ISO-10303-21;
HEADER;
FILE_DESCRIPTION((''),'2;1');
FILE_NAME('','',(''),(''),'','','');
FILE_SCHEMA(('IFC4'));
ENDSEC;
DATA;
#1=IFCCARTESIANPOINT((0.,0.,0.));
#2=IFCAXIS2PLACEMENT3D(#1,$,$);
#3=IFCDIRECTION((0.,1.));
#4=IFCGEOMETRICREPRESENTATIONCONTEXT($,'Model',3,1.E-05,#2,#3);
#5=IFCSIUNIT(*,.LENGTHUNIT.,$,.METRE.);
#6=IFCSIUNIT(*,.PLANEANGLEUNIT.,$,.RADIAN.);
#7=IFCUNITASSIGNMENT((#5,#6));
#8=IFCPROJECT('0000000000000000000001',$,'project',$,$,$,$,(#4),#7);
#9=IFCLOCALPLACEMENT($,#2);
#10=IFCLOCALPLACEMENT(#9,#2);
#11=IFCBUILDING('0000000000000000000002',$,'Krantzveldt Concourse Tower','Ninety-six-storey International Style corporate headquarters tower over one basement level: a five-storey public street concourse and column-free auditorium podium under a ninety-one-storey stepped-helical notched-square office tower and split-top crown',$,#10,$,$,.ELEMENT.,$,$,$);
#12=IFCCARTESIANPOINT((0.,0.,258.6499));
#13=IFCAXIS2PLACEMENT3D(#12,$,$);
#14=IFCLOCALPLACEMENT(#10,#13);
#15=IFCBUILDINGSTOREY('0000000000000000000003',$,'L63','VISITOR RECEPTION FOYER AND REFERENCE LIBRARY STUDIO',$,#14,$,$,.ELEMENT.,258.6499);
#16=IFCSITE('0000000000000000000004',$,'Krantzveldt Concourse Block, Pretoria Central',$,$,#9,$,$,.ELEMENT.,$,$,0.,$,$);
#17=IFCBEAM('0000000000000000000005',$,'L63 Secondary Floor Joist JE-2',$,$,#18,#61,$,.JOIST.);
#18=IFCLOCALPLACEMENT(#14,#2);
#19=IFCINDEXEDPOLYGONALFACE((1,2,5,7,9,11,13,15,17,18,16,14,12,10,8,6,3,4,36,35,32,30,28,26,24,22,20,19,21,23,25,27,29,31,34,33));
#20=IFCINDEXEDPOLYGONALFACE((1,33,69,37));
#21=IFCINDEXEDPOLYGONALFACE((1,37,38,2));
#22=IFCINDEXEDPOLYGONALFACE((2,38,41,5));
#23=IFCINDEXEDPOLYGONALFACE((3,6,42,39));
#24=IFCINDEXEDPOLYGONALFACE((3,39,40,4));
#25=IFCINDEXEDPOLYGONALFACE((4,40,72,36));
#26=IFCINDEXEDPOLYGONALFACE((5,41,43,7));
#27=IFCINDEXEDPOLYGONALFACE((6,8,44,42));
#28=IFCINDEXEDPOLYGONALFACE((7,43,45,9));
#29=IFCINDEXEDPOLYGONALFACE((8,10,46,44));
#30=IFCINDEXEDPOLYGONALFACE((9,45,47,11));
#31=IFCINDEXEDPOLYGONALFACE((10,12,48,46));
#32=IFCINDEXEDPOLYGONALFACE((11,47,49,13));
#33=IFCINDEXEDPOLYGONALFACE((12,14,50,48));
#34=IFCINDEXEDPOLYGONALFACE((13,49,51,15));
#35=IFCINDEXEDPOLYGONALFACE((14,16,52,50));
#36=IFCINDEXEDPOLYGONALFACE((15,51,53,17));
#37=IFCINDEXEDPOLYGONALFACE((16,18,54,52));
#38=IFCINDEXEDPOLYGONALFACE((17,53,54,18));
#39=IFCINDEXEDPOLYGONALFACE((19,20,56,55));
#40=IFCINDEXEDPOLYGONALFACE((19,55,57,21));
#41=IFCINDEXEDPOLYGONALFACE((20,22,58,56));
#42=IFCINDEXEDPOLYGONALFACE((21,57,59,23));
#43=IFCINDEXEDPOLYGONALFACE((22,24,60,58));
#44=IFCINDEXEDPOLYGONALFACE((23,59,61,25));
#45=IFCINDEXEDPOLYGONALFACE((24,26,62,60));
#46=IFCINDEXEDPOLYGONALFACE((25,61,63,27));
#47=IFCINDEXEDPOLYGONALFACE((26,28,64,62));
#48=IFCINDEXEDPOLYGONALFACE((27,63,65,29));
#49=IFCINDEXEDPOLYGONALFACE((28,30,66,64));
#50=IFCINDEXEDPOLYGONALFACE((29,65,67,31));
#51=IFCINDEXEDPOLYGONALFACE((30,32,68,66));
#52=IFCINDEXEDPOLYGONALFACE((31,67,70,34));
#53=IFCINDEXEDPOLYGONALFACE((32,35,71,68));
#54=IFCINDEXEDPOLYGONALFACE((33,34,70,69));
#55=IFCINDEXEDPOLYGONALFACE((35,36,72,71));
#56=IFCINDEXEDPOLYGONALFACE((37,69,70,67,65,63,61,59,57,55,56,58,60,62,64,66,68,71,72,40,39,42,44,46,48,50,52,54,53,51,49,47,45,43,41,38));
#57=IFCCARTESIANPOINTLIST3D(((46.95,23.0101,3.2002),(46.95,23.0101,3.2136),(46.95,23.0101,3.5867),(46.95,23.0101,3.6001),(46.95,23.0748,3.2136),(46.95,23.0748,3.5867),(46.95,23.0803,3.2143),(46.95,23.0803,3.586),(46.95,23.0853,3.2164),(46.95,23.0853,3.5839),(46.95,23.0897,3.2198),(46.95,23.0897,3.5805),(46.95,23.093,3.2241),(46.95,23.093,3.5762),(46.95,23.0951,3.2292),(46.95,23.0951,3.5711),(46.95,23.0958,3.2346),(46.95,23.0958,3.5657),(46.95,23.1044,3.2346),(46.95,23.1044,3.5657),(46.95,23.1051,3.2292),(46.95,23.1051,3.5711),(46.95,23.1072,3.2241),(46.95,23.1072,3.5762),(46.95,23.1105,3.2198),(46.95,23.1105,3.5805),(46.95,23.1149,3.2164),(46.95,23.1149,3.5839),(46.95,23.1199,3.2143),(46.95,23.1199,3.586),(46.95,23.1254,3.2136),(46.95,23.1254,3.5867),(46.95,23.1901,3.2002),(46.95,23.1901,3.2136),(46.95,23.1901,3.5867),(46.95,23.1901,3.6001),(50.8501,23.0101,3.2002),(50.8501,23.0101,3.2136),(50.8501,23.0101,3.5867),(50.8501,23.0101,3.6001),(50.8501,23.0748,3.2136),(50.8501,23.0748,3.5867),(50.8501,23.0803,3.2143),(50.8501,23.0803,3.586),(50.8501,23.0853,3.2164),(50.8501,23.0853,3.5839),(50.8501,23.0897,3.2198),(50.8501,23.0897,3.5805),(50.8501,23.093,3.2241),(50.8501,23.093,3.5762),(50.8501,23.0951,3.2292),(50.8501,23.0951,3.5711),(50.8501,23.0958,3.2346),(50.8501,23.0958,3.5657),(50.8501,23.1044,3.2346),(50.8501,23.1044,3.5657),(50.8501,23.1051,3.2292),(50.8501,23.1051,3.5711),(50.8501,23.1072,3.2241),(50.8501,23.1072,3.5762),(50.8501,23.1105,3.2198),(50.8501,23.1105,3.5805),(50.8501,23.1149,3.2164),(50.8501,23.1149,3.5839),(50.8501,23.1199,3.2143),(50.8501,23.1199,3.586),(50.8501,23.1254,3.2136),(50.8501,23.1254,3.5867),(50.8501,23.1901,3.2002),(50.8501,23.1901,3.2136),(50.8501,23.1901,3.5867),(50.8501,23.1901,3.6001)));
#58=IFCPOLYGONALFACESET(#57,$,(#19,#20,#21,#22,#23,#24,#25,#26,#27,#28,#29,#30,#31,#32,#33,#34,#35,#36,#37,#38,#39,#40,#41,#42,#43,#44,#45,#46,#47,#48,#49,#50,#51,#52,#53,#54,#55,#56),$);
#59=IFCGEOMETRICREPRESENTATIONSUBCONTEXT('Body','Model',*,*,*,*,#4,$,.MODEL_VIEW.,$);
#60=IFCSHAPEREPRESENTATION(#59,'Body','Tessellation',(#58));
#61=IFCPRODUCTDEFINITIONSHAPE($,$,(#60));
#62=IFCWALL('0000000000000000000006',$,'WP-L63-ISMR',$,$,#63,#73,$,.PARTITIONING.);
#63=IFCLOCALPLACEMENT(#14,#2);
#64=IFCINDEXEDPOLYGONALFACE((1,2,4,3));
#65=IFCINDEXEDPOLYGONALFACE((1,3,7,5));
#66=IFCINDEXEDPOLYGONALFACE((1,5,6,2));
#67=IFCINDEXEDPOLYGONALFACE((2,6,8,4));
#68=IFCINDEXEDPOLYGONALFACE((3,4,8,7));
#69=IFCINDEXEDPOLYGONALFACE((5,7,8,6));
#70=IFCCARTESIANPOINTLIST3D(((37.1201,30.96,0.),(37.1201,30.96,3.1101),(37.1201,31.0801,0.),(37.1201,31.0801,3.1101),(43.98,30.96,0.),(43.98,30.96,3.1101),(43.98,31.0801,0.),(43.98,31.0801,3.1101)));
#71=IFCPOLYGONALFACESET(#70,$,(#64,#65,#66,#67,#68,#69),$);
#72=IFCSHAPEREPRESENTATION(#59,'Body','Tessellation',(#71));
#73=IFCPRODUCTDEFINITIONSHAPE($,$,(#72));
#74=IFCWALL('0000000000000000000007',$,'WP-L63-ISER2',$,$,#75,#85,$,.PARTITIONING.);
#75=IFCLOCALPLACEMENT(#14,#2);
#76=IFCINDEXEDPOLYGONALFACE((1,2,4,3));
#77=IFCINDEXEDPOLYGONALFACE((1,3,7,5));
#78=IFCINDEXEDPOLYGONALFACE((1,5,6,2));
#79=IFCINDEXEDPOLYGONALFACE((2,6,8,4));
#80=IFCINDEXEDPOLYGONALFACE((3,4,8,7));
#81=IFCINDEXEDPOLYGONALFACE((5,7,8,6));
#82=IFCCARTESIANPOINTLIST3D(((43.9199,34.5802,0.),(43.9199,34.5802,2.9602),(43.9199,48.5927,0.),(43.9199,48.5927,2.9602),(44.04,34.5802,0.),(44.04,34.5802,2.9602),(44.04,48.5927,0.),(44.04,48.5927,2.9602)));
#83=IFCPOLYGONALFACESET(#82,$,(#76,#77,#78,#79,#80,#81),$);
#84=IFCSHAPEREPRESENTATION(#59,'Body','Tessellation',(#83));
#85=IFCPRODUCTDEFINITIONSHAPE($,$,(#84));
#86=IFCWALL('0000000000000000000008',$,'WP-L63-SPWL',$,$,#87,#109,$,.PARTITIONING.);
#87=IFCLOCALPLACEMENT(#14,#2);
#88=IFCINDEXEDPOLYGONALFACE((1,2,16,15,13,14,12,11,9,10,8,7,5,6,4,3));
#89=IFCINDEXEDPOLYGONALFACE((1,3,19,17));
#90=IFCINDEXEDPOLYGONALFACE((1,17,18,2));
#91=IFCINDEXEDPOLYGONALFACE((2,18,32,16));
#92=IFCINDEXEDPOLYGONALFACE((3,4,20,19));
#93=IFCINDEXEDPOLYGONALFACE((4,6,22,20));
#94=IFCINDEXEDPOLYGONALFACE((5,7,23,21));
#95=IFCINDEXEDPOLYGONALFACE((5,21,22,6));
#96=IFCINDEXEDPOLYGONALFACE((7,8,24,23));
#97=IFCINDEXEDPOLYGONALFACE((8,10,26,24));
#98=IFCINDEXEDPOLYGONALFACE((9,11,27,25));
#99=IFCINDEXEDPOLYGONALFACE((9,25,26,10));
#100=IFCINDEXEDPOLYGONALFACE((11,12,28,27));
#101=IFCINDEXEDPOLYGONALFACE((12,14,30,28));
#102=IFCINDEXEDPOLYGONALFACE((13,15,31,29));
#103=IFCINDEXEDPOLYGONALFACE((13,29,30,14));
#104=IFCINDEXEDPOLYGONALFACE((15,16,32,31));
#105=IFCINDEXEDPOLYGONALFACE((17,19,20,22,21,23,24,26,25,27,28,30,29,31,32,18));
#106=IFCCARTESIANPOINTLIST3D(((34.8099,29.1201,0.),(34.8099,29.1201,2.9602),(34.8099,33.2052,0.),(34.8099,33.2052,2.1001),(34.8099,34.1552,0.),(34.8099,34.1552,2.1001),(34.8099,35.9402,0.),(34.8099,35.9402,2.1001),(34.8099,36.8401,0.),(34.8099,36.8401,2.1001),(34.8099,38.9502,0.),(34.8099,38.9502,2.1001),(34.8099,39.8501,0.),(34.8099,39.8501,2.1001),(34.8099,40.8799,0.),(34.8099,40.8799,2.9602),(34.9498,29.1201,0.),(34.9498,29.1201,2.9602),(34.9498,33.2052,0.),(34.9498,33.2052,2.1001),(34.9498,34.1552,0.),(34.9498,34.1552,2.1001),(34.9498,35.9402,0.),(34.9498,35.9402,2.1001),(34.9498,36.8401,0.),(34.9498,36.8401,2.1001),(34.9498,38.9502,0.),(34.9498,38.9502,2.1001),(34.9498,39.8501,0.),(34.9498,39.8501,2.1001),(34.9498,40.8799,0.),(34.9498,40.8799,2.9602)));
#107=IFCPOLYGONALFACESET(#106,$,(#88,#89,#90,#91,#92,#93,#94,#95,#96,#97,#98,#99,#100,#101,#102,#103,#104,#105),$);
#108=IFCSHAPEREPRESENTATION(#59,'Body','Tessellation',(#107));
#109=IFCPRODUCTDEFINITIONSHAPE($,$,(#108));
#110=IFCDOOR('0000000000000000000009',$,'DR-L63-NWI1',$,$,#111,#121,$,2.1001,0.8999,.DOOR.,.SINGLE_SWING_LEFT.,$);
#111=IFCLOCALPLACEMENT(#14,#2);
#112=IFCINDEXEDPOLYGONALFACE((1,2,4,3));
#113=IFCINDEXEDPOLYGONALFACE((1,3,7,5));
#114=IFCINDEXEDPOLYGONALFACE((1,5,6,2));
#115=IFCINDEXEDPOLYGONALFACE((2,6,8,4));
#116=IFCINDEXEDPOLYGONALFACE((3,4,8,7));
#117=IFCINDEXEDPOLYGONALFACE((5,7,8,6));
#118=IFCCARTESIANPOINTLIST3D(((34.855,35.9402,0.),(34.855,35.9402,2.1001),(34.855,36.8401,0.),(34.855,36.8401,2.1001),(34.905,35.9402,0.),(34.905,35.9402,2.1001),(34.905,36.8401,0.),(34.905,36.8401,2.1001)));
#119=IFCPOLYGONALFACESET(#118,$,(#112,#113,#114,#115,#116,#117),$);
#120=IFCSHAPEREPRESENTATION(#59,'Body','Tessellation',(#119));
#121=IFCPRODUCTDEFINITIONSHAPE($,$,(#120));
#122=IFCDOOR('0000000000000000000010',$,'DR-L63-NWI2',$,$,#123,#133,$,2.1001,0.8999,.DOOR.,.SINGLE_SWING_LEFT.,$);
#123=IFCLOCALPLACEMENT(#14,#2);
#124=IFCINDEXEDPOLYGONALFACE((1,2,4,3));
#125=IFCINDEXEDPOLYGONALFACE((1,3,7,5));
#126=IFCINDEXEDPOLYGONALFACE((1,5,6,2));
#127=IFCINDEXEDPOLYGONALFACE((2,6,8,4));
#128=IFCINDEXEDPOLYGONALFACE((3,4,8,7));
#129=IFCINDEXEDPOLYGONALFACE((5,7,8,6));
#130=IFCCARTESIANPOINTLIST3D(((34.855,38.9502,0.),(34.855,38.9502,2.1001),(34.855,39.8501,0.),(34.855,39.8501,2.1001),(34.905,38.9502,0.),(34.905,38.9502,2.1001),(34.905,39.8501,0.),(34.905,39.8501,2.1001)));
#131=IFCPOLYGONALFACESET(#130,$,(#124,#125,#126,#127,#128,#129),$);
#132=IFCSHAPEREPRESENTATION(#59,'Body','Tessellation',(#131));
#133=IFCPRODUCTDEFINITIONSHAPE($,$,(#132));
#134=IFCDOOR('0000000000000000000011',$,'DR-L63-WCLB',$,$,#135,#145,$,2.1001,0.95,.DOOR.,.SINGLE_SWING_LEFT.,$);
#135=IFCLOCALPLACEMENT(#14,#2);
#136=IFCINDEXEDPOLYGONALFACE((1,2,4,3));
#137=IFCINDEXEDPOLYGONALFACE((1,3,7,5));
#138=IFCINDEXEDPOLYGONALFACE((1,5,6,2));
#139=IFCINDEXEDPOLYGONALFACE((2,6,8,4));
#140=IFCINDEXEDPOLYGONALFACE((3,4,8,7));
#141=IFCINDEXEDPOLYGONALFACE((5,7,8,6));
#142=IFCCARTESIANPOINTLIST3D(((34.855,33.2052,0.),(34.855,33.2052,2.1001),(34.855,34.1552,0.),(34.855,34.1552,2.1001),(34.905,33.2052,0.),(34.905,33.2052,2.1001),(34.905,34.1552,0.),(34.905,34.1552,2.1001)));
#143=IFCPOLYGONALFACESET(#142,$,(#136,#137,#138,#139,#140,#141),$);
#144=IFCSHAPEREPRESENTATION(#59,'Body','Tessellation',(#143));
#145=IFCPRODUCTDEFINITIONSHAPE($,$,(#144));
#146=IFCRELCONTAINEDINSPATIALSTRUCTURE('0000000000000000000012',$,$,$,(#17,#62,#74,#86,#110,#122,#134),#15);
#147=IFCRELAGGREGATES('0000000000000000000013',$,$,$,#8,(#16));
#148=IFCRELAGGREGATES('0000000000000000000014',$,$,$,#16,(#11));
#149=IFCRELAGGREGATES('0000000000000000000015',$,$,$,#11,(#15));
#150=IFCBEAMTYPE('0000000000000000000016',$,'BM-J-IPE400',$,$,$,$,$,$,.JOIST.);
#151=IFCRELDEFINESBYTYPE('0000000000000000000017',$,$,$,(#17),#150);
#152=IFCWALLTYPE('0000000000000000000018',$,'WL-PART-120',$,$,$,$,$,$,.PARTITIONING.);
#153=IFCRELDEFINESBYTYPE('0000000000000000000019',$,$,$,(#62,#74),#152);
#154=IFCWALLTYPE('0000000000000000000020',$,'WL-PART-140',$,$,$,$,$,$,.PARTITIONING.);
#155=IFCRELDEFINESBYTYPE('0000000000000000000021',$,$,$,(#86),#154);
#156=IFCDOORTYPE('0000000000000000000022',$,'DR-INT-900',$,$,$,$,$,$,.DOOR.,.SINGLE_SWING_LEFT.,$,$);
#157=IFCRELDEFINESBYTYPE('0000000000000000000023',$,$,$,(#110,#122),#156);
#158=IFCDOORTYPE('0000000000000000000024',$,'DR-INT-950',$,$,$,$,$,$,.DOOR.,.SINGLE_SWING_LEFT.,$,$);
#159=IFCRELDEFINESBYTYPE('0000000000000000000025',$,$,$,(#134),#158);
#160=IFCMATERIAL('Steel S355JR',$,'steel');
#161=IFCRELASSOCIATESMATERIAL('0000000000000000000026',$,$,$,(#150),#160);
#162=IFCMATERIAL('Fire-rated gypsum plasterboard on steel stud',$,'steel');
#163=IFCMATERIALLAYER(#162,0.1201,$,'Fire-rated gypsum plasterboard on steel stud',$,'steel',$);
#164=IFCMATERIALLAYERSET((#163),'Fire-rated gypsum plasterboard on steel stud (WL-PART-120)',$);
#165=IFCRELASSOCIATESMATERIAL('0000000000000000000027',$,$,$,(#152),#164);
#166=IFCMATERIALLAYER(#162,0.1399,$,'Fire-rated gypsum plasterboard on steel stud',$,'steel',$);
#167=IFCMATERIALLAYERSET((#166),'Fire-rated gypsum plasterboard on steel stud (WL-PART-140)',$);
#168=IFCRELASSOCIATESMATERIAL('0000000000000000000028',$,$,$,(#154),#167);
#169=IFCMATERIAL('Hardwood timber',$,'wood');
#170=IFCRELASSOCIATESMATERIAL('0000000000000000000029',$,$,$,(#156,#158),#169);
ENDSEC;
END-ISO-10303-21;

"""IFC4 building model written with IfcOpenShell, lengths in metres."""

from ifc_helpers import new_model, si_unit, direction, frame, frame_2d, origin, origin_2d, place, context, subcontext, project, spatial, rectangle, i_section, extrude, source, transform, mapped, material, layer, layer_set, material_profile, profile_set, type_object, type_shapes, element, fill, save


model = new_model("IFC4")

# Units and contexts
model_context = context("Model", 3, precision=1e-05, world=origin(), true_north=direction((0.0, 1.0)))
body_context = subcontext(model_context, "Body", "Model", "MODEL_VIEW")
ifc_project = project(units=[si_unit("LENGTHUNIT", "METRE"), si_unit("PLANEANGLEUNIT", "RADIAN")], contexts=[model_context])

# Site, building, storey
site_placement = place(None, origin())
site = spatial("IfcSite", under=ifc_project, at=site_placement, Name="Krantzveldt Concourse Block, Pretoria Central", CompositionType="ELEMENT", RefElevation=0.0)
building_placement = place(site_placement, origin())
building = spatial("IfcBuilding", under=site, at=building_placement, Name="Krantzveldt Concourse Tower", Description="Ninety-six-storey International Style corporate headquarters tower over one basement level: a five-storey public street concourse and column-free auditorium podium under a ninety-one-storey stepped-helical notched-square office tower and split-top crown", CompositionType="ELEMENT")
storey_placement = place(building_placement, frame((0.0, 0.0, 258.6499)))
storey = spatial("IfcBuildingStorey", under=building, at=storey_placement, Name="L63", Description="VISITOR RECEPTION FOYER AND REFERENCE LIBRARY STUDIO", CompositionType="ELEMENT", Elevation=258.6499)

# Beam
ifc_material_1 = material(Name="Steel S355JR", Category="steel")
ifc_material_profile_1 = material_profile(ifc_material_1, i_section(OverallWidth=0.1799, OverallDepth=0.3999, WebThickness=0.0085, FlangeThickness=0.0134, FilletRadius=0.021, at=origin_2d()), Name="Steel S355JR", Category="steel")
ifc_profile_set_1 = profile_set([ifc_material_profile_1], Name="Steel S355JR - IPE 400")
beam_type_1 = type_object("IfcBeamType", Name="BM-J-IPE400", PredefinedType="JOIST", material=ifc_profile_set_1)
shared_shape_1 = source(origin(), body_context, "Body", "SweptSolid", [
    extrude(i_section(OverallWidth=0.1799, OverallDepth=0.3999, WebThickness=0.0085, FlangeThickness=0.0134, FilletRadius=0.021, at=origin_2d()), origin(), (0.0, 0.0, 1.0), 3.9001),
])
type_shapes(beam_type_1, [shared_shape_1])
beam_1_placement = place(storey_placement, frame((46.95, 23.1001, 3.4001), z_axis=(1.0, 0.0, 0.0), x_axis=(0.0, 1.0, 0.0)))
element("IfcBeam", 1, at=beam_1_placement, inside=storey, type_object=beam_type_1, Name="L63 Secondary Floor Joist JE-2", PredefinedType="JOIST", context=body_context, shape_type="MappedRepresentation", body=[
    mapped(shared_shape_1, transform((0.0, 0.0, 0.0), x_axis=(1.0, 0.0, 0.0), y_axis=(0.0, 1.0, 0.0), z_axis=(0.0, 0.0, 1.0), scale=1.0)),
])

# Walls
ifc_material_2 = material(Name="Fire-rated gypsum plasterboard on steel stud", Category="steel")
ifc_layer_1 = layer(ifc_material_2, 0.1201, Name="Fire-rated gypsum plasterboard on steel stud", Category="steel")
ifc_layer_set_1 = layer_set([ifc_layer_1], Name="Fire-rated gypsum plasterboard on steel stud (WL-PART-120)")
wall_type_1 = type_object("IfcWallType", Name="WL-PART-120", PredefinedType="PARTITIONING", material=ifc_layer_set_1)
wall_1_placement = place(storey_placement, frame((37.1201, 31.02, 0.0), z_axis=(0.0, 0.0, 1.0), x_axis=(1.0, 0.0, 0.0)))
element("IfcWall", 2, at=wall_1_placement, inside=storey, type_object=wall_type_1, Name="WP-L63-ISMR", PredefinedType="PARTITIONING", context=body_context, shape_type="SweptSolid", body=[
    extrude(rectangle(XDim=6.8599, YDim=0.1201, at=frame_2d((3.4299, 0.0))), origin(), (0.0, 0.0, 1.0), 3.1101),
])
wall_2_placement = place(storey_placement, frame((43.98, 34.5801, 0.0), z_axis=(0.0, 0.0, 1.0), x_axis=(0.0, 1.0, 0.0)))
element("IfcWall", 3, at=wall_2_placement, inside=storey, type_object=wall_type_1, Name="WP-L63-ISER2", PredefinedType="PARTITIONING", context=body_context, shape_type="SweptSolid", body=[
    extrude(rectangle(XDim=14.0125, YDim=0.1201, at=frame_2d((7.0063, 0.0))), origin(), (0.0, 0.0, 1.0), 2.9602),
])

# Wall, openings, doors
ifc_layer_2 = layer(ifc_material_2, 0.1399, Name="Fire-rated gypsum plasterboard on steel stud", Category="steel")
ifc_layer_set_2 = layer_set([ifc_layer_2], Name="Fire-rated gypsum plasterboard on steel stud (WL-PART-140)")
wall_type_2 = type_object("IfcWallType", Name="WL-PART-140", PredefinedType="PARTITIONING", material=ifc_layer_set_2)
wall_3_placement = place(storey_placement, frame((34.8799, 29.1201, 0.0), z_axis=(0.0, 0.0, 1.0), x_axis=(0.0, 1.0, 0.0)))
wall_3 = element("IfcWall", 4, at=wall_3_placement, inside=storey, type_object=wall_type_2, Name="WP-L63-SPWL", PredefinedType="PARTITIONING", context=body_context, shape_type="SweptSolid", body=[
    extrude(rectangle(XDim=11.7598, YDim=0.1399, at=frame_2d((5.8799, 0.0))), origin(), (0.0, 0.0, 1.0), 2.9602),
])
opening_1_placement = place(wall_3_placement, frame((4.085, 0.0, 0.0)))
opening_1 = element("IfcOpeningElement", 5, at=opening_1_placement, cuts=wall_3, PredefinedType="OPENING", context=body_context, shape_type="SweptSolid", body=[
    extrude(rectangle(XDim=0.95, YDim=2.1001, at=frame_2d((0.4751, 1.05))), frame((0.0, 0.0801, 0.0), z_axis=(0.0, -1.0, 0.0), x_axis=(1.0, 0.0, 0.0)), (0.0, 0.0, 1.0), 0.1599),
])
opening_2_placement = place(wall_3_placement, frame((6.8201, 0.0, 0.0)))
opening_2 = element("IfcOpeningElement", 6, at=opening_2_placement, cuts=wall_3, PredefinedType="OPENING", context=body_context, shape_type="SweptSolid", body=[
    extrude(rectangle(XDim=0.8999, YDim=2.1001, at=frame_2d((0.45, 1.05))), frame((0.0, 0.0801, 0.0), z_axis=(0.0, -1.0, 0.0), x_axis=(1.0, 0.0, 0.0)), (0.0, 0.0, 1.0), 0.1599),
])
opening_3_placement = place(wall_3_placement, frame((9.8301, 0.0, 0.0)))
opening_3 = element("IfcOpeningElement", 7, at=opening_3_placement, cuts=wall_3, PredefinedType="OPENING", context=body_context, shape_type="SweptSolid", body=[
    extrude(rectangle(XDim=0.8999, YDim=2.1001, at=frame_2d((0.45, 1.05))), frame((0.0, 0.0801, 0.0), z_axis=(0.0, -1.0, 0.0), x_axis=(1.0, 0.0, 0.0)), (0.0, 0.0, 1.0), 0.1599),
])
ifc_material_3 = material(Name="Hardwood timber", Category="wood")
door_type_1 = type_object("IfcDoorType", Name="DR-INT-900", OperationType="SINGLE_SWING_LEFT", PredefinedType="DOOR", material=ifc_material_3)
door_1_placement = place(opening_2_placement, origin())
door_1 = element("IfcDoor", 8, at=door_1_placement, inside=storey, type_object=door_type_1, Name="DR-L63-NWI1", OperationType="SINGLE_SWING_LEFT", OverallHeight=2.1001, OverallWidth=0.8999, PredefinedType="DOOR", context=body_context, shape_type="SweptSolid", body=[
    extrude(rectangle(XDim=0.8999, YDim=2.1001, at=frame_2d((0.45, 1.05))), frame((0.0, 0.0249, 0.0), z_axis=(0.0, -1.0, 0.0), x_axis=(1.0, 0.0, 0.0)), (0.0, 0.0, 1.0), 0.05),
])
fill(opening_2, door_1)
door_2_placement = place(opening_3_placement, origin())
door_2 = element("IfcDoor", 9, at=door_2_placement, inside=storey, type_object=door_type_1, Name="DR-L63-NWI2", OperationType="SINGLE_SWING_LEFT", OverallHeight=2.1001, OverallWidth=0.8999, PredefinedType="DOOR", context=body_context, shape_type="SweptSolid", body=[
    extrude(rectangle(XDim=0.8999, YDim=2.1001, at=frame_2d((0.45, 1.05))), frame((0.0, 0.0249, 0.0), z_axis=(0.0, -1.0, 0.0), x_axis=(1.0, 0.0, 0.0)), (0.0, 0.0, 1.0), 0.05),
])
fill(opening_3, door_2)
door_type_2 = type_object("IfcDoorType", Name="DR-INT-950", OperationType="SINGLE_SWING_LEFT", PredefinedType="DOOR", material=ifc_material_3)
door_3_placement = place(opening_1_placement, origin())
door_3 = element("IfcDoor", 10, at=door_3_placement, inside=storey, type_object=door_type_2, Name="DR-L63-WCLB", OperationType="SINGLE_SWING_LEFT", OverallHeight=2.1001, OverallWidth=0.95, PredefinedType="DOOR", context=body_context, shape_type="SweptSolid", body=[
    extrude(rectangle(XDim=0.95, YDim=2.1001, at=frame_2d((0.4751, 1.05))), frame((0.0, 0.0249, 0.0), z_axis=(0.0, -1.0, 0.0), x_axis=(1.0, 0.0, 0.0)), (0.0, 0.0, 1.0), 0.05),
])
fill(opening_1, door_3)

save(model, "model.ifc")
